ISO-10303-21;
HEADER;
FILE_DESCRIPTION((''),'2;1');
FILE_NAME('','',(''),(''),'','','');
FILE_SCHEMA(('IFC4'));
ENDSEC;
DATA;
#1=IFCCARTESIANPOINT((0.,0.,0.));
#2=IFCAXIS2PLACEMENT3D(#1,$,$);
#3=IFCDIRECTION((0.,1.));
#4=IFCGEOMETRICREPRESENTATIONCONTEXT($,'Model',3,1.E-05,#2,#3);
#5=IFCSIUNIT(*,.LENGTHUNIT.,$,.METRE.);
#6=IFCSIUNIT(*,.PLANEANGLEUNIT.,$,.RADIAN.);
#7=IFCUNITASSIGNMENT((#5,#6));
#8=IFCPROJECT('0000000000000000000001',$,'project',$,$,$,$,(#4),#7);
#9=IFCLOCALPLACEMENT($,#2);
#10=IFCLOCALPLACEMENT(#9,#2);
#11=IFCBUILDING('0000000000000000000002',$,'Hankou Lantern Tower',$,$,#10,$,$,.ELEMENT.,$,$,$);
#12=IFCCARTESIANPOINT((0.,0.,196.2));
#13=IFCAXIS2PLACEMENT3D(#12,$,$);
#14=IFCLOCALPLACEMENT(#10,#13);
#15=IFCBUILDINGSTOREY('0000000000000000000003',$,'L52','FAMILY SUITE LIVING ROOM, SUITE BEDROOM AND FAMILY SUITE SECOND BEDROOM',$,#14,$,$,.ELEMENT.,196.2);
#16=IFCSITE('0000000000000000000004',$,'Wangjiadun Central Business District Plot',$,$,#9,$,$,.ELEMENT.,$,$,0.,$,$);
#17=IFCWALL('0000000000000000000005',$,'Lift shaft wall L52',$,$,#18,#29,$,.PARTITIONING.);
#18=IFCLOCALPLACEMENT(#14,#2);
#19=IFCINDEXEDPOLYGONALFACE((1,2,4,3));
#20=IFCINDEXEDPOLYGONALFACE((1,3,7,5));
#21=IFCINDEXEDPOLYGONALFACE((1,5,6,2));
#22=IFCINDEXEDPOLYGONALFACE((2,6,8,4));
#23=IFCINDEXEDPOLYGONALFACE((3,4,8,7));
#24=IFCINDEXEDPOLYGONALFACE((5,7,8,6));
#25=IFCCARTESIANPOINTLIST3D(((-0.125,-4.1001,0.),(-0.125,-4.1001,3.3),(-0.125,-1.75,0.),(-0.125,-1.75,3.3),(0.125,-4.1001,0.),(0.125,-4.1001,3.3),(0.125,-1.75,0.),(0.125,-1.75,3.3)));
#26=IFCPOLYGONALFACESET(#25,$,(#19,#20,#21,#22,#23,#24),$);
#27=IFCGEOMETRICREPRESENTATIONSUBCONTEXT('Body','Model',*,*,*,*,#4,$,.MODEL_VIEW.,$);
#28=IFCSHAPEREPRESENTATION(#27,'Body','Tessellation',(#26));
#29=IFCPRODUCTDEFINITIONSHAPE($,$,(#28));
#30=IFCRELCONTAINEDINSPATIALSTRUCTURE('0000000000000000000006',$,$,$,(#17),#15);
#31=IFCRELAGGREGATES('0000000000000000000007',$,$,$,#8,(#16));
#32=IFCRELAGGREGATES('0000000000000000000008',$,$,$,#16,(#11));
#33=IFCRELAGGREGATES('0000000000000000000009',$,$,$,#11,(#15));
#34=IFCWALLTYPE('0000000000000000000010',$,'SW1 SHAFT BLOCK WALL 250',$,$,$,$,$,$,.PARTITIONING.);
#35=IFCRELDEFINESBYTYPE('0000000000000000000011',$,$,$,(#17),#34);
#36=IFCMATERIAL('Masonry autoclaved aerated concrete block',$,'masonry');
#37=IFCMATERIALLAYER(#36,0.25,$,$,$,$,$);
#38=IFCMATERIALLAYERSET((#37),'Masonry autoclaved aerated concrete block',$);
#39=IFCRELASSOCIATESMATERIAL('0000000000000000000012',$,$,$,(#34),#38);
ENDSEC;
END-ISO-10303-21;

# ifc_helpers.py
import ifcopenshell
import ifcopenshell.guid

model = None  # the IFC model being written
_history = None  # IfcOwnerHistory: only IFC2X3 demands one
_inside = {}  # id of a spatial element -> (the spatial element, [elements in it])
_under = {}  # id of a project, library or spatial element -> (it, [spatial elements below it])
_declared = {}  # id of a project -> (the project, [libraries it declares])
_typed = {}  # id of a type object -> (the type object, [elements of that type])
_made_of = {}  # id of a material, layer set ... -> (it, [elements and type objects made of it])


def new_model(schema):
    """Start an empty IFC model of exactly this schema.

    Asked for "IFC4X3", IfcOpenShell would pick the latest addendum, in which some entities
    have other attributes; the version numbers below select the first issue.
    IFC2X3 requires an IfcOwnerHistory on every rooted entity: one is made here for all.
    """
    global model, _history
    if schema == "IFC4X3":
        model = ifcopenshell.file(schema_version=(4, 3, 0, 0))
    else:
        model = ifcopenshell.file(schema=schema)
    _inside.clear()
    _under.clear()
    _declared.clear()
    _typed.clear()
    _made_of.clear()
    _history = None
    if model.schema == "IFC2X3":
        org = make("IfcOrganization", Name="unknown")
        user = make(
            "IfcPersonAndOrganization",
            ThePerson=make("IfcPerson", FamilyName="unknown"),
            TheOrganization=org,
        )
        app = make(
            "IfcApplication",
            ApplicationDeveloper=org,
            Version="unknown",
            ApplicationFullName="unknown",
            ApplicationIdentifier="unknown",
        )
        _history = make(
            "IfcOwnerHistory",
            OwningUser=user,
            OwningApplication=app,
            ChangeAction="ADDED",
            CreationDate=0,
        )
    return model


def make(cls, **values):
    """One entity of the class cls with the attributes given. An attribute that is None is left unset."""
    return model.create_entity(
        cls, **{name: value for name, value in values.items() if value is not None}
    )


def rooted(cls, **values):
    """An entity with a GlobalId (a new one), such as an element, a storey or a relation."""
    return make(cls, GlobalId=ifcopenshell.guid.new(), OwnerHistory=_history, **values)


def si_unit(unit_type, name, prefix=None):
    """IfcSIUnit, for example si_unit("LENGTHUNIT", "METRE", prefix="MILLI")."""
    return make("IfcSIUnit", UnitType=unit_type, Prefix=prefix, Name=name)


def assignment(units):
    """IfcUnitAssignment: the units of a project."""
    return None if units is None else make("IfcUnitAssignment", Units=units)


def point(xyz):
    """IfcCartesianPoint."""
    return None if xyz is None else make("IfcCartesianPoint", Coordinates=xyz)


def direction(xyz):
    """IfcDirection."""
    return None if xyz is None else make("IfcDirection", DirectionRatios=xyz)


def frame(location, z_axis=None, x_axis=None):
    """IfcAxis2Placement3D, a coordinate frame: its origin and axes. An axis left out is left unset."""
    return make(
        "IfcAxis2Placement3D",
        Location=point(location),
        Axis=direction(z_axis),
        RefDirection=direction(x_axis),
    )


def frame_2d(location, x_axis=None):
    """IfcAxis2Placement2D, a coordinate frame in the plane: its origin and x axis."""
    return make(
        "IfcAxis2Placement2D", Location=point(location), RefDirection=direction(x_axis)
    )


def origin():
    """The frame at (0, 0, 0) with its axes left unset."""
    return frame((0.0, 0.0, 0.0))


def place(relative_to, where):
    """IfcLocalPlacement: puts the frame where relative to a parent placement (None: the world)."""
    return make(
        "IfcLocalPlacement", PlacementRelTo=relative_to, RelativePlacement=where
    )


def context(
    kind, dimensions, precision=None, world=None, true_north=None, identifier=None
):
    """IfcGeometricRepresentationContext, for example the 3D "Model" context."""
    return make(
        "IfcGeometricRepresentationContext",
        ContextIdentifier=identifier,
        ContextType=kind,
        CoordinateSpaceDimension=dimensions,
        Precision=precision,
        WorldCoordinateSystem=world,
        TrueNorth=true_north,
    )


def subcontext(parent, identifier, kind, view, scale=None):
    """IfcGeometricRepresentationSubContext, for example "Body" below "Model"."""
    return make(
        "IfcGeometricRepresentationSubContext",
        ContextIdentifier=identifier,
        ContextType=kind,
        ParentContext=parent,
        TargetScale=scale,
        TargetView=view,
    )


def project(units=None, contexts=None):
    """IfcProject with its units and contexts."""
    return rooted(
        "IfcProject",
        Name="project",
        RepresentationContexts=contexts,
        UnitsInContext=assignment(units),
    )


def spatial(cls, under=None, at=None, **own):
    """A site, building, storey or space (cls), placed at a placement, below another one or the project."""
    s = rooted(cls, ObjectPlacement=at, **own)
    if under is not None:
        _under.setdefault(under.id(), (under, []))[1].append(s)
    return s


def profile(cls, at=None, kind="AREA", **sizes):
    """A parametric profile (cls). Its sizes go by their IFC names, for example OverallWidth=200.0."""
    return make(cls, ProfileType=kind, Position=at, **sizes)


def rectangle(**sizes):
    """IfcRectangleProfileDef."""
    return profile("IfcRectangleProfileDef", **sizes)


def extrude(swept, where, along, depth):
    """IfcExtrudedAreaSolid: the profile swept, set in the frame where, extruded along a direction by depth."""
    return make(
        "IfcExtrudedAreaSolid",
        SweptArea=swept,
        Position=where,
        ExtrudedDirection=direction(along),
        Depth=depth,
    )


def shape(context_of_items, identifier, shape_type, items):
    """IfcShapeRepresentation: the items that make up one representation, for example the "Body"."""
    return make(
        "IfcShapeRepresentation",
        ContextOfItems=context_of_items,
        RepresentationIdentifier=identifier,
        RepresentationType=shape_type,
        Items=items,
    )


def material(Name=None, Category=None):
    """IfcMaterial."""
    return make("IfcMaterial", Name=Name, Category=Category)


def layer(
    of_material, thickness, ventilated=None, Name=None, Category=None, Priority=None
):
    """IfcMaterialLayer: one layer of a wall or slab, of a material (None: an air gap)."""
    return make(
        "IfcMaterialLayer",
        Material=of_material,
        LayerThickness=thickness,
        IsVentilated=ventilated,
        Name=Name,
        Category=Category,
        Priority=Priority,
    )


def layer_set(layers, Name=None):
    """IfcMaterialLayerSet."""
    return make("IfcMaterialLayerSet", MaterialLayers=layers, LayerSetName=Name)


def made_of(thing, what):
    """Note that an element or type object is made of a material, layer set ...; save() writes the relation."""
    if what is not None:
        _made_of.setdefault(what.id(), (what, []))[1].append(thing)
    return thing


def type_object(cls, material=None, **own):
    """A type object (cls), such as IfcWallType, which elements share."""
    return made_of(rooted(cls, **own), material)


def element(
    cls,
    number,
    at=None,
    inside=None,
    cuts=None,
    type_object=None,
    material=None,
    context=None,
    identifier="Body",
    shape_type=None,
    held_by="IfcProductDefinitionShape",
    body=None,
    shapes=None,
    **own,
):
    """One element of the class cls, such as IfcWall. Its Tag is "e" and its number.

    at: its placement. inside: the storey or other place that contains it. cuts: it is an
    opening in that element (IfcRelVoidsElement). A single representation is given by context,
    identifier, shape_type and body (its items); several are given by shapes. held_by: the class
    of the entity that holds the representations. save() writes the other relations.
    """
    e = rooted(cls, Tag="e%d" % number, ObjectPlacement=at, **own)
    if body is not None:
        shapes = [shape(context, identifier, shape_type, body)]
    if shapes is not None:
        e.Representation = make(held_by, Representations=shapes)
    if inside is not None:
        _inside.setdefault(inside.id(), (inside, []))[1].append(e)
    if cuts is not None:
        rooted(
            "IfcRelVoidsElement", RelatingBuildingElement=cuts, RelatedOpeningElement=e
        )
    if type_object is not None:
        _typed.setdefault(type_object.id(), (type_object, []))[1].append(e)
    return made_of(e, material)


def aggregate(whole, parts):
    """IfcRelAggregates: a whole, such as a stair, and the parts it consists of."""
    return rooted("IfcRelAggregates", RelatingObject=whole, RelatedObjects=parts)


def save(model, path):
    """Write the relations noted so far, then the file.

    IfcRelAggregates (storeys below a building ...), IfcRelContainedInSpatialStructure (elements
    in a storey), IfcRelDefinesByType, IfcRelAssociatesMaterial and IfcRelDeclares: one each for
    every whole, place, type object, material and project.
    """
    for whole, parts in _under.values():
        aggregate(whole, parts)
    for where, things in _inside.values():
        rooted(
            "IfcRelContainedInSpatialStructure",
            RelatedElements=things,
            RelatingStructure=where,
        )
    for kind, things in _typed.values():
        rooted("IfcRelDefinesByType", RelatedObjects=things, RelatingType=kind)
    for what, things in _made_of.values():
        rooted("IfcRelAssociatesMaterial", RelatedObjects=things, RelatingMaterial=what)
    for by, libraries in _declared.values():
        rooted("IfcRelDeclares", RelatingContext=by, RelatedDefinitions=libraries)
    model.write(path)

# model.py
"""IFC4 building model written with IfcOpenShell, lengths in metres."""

from ifc_helpers import new_model, si_unit, direction, frame, frame_2d, origin, place, context, subcontext, project, spatial, rectangle, extrude, material, layer, layer_set, type_object, element, save


model = new_model("IFC4")

# Units and contexts
model_context = context("Model", 3, precision=1e-05, world=origin(), true_north=direction((0.0, 1.0)))
body_context = subcontext(model_context, "Body", "Model", "MODEL_VIEW")
ifc_project = project(units=[si_unit("LENGTHUNIT", "METRE"), si_unit("PLANEANGLEUNIT", "RADIAN")], contexts=[model_context])

# Site, building, storey
site_placement = place(None, origin())
site = spatial("IfcSite", under=ifc_project, at=site_placement, Name="Wangjiadun Central Business District Plot", CompositionType="ELEMENT", RefElevation=0.0)
building_placement = place(site_placement, origin())
building = spatial("IfcBuilding", under=site, at=building_placement, Name="Hankou Lantern Tower", CompositionType="ELEMENT")
storey_placement = place(building_placement, frame((0.0, 0.0, 196.2)))
storey = spatial("IfcBuildingStorey", under=building, at=storey_placement, Name="L52", Description="FAMILY SUITE LIVING ROOM, SUITE BEDROOM AND FAMILY SUITE SECOND BEDROOM", CompositionType="ELEMENT", Elevation=196.2)

# Wall
ifc_material_1 = material(Name="Masonry autoclaved aerated concrete block", Category="masonry")
ifc_layer_1 = layer(ifc_material_1, 0.25)
ifc_layer_set_1 = layer_set([ifc_layer_1], Name="Masonry autoclaved aerated concrete block")
wall_type_1 = type_object("IfcWallType", Name="SW1 SHAFT BLOCK WALL 250", PredefinedType="PARTITIONING", material=ifc_layer_set_1)
for number, where, z_axis, x_axis, name in (
    (1, (0.0, -4.1001, 0.0), (0.0, 0.0, 1.0), (0.0, 1.0, 0.0), "Lift shaft wall L52"),
):
    element("IfcWall", number, at=place(storey_placement, frame(where, z_axis=z_axis, x_axis=x_axis)), inside=storey, type_object=wall_type_1, Name=name, PredefinedType="PARTITIONING", context=body_context, shape_type="SweptSolid", body=[
        extrude(rectangle(XDim=2.3501, YDim=0.25, at=frame_2d((1.175, 0.0))), origin(), (0.0, 0.0, 1.0), 3.3),
    ])

save(model, "model.ifc")
